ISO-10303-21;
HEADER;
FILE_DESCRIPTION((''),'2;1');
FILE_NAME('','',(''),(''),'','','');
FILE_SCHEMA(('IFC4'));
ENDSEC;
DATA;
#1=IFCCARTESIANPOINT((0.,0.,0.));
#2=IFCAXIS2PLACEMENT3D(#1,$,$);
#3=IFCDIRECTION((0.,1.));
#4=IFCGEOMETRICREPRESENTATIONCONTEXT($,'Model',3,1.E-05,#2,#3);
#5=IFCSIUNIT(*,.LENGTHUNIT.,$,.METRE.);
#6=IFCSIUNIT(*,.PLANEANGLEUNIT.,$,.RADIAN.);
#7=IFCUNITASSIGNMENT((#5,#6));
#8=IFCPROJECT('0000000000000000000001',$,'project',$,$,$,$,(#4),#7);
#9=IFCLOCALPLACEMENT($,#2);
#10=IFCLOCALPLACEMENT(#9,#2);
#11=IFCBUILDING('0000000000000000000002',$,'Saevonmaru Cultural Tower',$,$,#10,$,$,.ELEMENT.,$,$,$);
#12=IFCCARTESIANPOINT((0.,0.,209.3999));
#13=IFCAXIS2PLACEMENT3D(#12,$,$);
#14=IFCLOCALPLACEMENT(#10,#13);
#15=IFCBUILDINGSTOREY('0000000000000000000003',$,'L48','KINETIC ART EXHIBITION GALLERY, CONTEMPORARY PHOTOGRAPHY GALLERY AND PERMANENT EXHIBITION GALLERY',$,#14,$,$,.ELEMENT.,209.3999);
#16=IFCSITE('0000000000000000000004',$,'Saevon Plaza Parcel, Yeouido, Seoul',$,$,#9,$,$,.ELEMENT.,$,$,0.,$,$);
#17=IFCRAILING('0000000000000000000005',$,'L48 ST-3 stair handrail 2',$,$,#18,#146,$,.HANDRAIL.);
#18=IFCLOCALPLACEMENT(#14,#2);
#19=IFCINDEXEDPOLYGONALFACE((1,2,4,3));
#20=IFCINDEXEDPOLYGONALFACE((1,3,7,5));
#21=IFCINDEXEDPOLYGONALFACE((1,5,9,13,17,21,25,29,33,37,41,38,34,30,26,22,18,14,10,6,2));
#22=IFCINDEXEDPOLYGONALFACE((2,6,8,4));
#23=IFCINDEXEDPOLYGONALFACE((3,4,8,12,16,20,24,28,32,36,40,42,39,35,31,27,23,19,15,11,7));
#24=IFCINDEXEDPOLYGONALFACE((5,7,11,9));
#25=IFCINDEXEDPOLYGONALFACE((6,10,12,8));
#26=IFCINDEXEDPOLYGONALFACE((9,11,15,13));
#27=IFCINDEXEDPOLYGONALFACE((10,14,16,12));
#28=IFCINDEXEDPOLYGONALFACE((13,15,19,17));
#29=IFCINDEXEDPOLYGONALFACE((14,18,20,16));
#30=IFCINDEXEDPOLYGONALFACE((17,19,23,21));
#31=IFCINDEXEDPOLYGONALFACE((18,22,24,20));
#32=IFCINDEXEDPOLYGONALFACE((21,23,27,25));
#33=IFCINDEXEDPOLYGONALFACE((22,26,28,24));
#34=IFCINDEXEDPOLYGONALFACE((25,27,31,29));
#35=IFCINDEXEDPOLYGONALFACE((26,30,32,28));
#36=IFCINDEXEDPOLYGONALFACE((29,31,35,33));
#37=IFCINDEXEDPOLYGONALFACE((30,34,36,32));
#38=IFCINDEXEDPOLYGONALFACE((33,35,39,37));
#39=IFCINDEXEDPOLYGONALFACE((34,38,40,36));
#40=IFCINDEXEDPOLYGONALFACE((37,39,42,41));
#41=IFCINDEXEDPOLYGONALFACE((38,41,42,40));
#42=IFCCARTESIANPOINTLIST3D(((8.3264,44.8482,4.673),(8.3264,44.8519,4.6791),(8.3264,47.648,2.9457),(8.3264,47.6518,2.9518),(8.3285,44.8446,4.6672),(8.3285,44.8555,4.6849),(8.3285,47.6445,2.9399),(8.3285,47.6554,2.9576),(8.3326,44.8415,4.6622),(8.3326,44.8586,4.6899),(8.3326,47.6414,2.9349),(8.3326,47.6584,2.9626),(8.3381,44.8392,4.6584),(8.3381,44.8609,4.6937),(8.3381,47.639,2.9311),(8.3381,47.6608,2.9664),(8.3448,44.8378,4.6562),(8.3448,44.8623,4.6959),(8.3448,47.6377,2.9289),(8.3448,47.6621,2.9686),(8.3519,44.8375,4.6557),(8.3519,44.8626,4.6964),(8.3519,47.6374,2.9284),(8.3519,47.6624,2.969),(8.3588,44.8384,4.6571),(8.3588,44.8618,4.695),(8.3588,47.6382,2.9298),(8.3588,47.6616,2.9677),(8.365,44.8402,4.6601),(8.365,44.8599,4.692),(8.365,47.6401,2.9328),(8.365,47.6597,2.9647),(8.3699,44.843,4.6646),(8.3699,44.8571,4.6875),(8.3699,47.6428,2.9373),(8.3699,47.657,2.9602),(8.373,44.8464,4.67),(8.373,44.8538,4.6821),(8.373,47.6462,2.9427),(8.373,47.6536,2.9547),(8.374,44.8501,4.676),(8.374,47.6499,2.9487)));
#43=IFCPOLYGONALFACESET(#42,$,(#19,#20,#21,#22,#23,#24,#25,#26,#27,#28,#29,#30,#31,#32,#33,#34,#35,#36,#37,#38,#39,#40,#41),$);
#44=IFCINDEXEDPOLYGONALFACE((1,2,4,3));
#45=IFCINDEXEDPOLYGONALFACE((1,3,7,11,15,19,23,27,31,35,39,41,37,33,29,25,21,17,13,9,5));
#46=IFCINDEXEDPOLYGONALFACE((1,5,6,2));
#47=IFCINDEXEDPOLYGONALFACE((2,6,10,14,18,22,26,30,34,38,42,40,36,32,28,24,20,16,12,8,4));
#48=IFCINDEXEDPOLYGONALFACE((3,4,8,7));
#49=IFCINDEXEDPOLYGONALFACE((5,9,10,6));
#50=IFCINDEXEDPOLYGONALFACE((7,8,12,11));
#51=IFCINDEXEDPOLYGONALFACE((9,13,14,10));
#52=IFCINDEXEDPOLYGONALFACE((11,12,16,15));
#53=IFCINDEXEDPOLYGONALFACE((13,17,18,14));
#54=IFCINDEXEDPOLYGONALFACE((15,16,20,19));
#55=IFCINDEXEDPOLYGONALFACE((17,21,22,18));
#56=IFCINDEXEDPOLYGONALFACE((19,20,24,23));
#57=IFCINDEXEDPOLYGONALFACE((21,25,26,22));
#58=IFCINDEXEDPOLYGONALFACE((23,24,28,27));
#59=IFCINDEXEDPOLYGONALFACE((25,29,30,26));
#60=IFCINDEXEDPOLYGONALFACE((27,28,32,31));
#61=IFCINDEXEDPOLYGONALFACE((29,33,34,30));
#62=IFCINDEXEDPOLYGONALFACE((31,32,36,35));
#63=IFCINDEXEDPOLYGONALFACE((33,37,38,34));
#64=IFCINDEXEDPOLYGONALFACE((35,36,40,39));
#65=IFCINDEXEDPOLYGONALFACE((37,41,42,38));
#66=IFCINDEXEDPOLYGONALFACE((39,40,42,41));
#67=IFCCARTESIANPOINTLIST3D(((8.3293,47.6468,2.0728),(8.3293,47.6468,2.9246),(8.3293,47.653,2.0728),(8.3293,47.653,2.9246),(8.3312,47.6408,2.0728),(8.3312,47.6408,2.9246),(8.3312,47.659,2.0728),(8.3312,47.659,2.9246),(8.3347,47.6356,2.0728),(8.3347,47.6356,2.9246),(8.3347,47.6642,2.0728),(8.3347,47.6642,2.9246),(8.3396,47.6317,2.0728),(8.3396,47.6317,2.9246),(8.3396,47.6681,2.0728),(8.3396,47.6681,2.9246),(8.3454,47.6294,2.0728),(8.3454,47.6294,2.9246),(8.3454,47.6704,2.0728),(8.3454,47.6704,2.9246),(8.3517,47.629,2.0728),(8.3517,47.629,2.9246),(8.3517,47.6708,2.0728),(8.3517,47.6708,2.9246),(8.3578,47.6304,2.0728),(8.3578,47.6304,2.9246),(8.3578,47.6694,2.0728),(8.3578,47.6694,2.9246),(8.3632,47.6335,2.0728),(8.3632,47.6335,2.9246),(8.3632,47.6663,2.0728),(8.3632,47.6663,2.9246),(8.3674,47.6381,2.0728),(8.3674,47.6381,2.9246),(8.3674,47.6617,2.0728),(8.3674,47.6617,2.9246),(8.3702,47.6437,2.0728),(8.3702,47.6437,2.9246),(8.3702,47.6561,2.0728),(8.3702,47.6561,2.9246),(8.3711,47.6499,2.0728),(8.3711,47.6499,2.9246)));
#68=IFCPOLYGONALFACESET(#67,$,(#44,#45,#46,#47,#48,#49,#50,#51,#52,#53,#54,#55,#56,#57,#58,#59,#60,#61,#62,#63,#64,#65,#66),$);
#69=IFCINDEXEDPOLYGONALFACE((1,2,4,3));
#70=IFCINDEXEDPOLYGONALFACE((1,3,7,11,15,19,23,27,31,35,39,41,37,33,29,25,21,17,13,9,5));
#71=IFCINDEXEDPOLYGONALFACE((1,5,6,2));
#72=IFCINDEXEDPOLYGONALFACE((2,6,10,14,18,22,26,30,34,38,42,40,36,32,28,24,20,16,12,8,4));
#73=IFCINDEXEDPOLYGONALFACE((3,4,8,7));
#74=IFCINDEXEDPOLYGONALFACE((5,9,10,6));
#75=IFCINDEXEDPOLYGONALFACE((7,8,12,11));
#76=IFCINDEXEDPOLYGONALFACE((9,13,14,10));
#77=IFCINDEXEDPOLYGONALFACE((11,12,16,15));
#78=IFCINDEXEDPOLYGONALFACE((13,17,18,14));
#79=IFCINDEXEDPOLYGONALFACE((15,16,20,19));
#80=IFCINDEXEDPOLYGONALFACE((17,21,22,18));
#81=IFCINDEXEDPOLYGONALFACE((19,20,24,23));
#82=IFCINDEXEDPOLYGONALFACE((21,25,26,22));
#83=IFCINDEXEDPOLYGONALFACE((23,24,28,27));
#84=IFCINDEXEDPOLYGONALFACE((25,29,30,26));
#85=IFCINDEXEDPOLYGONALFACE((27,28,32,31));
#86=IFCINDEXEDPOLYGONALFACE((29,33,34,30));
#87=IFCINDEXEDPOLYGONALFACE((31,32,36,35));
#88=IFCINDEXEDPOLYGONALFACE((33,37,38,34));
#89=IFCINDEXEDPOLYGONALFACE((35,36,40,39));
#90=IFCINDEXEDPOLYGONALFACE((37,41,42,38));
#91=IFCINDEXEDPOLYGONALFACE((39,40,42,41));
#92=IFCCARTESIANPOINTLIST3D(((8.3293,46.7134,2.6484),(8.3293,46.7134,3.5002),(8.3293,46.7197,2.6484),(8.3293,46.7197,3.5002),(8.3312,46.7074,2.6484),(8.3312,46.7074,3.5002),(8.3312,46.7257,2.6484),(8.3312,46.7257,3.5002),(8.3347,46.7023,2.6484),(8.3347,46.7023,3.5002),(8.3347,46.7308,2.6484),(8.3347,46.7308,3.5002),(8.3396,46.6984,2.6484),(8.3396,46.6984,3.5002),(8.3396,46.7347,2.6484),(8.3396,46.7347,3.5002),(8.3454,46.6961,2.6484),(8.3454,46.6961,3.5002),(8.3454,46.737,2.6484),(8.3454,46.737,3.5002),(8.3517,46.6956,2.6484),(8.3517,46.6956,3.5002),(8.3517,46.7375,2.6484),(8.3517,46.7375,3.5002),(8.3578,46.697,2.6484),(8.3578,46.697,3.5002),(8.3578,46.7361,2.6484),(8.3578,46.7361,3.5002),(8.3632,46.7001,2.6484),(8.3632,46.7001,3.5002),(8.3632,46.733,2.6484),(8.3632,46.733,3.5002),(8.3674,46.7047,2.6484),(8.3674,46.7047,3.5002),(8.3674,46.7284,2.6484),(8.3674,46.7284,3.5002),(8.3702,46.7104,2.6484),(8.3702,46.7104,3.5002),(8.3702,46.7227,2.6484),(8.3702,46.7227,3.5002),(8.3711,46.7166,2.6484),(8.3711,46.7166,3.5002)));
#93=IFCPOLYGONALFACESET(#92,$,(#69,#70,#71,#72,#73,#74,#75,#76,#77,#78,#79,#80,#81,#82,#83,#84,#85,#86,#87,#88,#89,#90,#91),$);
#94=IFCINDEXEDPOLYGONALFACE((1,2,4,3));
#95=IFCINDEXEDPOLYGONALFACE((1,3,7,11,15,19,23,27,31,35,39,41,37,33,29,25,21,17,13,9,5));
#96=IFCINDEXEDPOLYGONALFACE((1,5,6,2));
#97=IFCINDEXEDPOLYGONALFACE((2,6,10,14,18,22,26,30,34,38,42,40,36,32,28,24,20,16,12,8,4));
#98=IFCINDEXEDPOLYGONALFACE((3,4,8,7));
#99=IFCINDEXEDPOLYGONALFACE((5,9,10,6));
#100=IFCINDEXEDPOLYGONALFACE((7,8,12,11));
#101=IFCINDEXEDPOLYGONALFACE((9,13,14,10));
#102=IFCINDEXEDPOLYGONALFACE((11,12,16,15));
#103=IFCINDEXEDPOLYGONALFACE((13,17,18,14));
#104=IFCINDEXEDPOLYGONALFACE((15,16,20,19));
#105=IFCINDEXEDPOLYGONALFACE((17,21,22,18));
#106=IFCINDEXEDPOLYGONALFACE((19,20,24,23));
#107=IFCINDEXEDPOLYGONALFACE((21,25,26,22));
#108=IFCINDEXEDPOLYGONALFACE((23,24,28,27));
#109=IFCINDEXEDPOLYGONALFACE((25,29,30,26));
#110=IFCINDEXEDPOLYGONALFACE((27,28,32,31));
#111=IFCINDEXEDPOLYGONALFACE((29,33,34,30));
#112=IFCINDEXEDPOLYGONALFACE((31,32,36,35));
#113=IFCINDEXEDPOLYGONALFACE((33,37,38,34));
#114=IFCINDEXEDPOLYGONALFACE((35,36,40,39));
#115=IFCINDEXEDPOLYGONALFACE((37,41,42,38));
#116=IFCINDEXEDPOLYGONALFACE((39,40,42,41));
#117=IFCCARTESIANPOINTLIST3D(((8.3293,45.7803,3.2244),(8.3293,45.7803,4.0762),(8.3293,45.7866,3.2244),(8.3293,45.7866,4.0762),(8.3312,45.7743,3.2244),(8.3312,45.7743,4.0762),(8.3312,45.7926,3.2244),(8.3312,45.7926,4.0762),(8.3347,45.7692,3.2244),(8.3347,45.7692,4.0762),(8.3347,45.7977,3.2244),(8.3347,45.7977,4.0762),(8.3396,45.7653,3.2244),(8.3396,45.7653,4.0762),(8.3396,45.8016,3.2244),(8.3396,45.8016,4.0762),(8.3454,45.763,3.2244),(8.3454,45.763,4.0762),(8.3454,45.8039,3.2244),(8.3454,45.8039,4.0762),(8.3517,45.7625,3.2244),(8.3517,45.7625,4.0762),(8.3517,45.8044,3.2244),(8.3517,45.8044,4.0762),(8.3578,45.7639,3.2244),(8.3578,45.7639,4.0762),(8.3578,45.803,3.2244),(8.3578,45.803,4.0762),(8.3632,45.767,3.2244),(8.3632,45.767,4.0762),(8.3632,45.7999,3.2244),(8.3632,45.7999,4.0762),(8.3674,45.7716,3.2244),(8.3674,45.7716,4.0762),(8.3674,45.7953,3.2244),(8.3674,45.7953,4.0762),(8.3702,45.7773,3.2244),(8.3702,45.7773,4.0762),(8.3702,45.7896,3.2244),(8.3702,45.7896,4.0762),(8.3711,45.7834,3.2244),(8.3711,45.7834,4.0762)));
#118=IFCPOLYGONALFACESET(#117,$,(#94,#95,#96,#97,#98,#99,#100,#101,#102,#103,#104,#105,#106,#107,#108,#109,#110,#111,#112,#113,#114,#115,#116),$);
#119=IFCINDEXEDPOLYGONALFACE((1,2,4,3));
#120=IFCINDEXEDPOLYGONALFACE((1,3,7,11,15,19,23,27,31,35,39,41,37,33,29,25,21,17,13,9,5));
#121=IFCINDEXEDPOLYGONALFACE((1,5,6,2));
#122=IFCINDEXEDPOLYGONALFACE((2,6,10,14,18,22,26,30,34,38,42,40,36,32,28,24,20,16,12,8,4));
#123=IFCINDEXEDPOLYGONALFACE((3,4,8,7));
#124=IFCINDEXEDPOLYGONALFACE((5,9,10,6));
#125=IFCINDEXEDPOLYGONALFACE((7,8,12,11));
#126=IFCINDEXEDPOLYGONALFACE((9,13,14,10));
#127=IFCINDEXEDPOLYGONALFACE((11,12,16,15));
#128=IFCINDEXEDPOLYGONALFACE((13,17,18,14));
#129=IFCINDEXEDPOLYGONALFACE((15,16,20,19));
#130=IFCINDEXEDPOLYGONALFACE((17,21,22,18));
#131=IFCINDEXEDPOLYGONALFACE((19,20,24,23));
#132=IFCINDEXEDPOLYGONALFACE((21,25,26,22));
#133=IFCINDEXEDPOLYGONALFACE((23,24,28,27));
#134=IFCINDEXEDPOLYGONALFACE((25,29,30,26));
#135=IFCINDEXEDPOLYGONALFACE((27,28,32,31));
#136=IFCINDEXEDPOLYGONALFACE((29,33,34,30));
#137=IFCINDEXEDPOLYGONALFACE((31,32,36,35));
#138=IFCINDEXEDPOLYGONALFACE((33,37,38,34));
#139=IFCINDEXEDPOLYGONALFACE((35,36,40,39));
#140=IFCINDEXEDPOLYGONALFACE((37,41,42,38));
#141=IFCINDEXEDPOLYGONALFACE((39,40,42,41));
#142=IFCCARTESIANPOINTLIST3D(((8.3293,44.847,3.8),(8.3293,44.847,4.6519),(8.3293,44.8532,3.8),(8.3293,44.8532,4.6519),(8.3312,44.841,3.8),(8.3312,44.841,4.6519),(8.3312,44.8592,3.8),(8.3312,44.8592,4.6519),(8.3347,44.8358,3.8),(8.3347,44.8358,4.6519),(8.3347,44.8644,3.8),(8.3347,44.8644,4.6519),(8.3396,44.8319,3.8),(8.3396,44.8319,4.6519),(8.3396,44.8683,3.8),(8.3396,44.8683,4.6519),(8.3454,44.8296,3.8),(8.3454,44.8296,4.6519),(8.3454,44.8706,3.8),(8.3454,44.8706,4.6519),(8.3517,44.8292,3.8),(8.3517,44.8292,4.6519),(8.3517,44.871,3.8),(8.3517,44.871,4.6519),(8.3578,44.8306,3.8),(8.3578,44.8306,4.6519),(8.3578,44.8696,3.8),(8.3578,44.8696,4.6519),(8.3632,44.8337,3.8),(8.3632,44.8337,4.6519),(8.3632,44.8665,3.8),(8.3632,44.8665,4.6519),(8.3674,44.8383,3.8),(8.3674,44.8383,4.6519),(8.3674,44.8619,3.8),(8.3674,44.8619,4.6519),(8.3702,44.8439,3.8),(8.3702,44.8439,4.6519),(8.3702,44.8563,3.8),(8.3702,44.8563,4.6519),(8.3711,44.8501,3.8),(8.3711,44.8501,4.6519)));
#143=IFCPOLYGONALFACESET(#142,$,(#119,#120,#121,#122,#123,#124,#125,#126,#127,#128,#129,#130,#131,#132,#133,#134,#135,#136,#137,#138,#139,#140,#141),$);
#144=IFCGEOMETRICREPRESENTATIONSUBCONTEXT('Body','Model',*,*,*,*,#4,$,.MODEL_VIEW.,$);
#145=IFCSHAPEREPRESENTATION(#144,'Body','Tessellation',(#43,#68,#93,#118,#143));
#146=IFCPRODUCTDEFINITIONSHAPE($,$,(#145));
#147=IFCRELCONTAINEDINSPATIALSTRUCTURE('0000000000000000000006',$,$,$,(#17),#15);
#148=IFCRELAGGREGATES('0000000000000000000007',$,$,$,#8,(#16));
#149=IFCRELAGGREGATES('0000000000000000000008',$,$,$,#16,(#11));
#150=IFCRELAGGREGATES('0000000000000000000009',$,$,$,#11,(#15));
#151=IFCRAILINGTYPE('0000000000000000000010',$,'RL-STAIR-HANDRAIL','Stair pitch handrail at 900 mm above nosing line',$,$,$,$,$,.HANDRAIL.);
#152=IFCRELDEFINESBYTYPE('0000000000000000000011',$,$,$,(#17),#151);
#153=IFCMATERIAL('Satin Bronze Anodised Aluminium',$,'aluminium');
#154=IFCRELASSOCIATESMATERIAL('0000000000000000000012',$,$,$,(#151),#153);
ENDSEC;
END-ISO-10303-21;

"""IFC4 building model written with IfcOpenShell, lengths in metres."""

from ifc_helpers import new_model, si_unit, direction, frame, origin, origin_2d, place, context, subcontext, project, spatial, circle, extrude, material, type_object, element, save


model = new_model("IFC4")

# Units and contexts
model_context = context("Model", 3, precision=1e-05, world=origin(), true_north=direction((0.0, 1.0)))
body_context = subcontext(model_context, "Body", "Model", "MODEL_VIEW")
ifc_project = project(units=[si_unit("LENGTHUNIT", "METRE"), si_unit("PLANEANGLEUNIT", "RADIAN")], contexts=[model_context])

# Site, building, storey
site_placement = place(None, origin())
site = spatial("IfcSite", under=ifc_project, at=site_placement, Name="Saevon Plaza Parcel, Yeouido, Seoul", CompositionType="ELEMENT", RefElevation=0.0)
building_placement = place(site_placement, origin())
building = spatial("IfcBuilding", under=site, at=building_placement, Name="Saevonmaru Cultural Tower", CompositionType="ELEMENT")
storey_placement = place(building_placement, frame((0.0, 0.0, 209.3999)))
storey = spatial("IfcBuildingStorey", under=building, at=storey_placement, Name="L48", Description="KINETIC ART EXHIBITION GALLERY, CONTEMPORARY PHOTOGRAPHY GALLERY AND PERMANENT EXHIBITION GALLERY", CompositionType="ELEMENT", Elevation=209.3999)

# Shared definitions
ifc_material_1 = material(Name="Satin Bronze Anodised Aluminium", Category="aluminium")

# Railing
railing_type_1 = type_object("IfcRailingType", Name="RL-STAIR-HANDRAIL", Description="Stair pitch handrail at 900 mm above nosing line", PredefinedType="HANDRAIL", material=ifc_material_1)
railing_1_placement = place(storey_placement, frame((8.3501, 47.6499, 2.0728)))
element("IfcRailing", 1, at=railing_1_placement, inside=storey, type_object=railing_type_1, Name="L48 ST-3 stair handrail 2", PredefinedType="HANDRAIL", context=body_context, shape_type="SweptSolid", body=[
    extrude(circle(Radius=0.0239, at=origin_2d()), frame((0.0, 0.0, 0.876), z_axis=(0.0, -0.851069, 0.525054), x_axis=(1.0, 0.0, 0.0)), (0.0, 0.0, 1.0), 3.2898),
    extrude(circle(Radius=0.021, at=origin_2d()), origin(), (0.0, 0.0, 1.0), 0.8518),
    extrude(circle(Radius=0.021, at=origin_2d()), frame((0.0, -0.9333, 0.5757)), (0.0, 0.0, 1.0), 0.8518),
    extrude(circle(Radius=0.021, at=origin_2d()), frame((0.0, -1.8665, 1.1516)), (0.0, 0.0, 1.0), 0.8518),
    extrude(circle(Radius=0.021, at=origin_2d()), frame((0.0, -2.7998, 1.7273)), (0.0, 0.0, 1.0), 0.8518),
])

save(model, "model.ifc")
